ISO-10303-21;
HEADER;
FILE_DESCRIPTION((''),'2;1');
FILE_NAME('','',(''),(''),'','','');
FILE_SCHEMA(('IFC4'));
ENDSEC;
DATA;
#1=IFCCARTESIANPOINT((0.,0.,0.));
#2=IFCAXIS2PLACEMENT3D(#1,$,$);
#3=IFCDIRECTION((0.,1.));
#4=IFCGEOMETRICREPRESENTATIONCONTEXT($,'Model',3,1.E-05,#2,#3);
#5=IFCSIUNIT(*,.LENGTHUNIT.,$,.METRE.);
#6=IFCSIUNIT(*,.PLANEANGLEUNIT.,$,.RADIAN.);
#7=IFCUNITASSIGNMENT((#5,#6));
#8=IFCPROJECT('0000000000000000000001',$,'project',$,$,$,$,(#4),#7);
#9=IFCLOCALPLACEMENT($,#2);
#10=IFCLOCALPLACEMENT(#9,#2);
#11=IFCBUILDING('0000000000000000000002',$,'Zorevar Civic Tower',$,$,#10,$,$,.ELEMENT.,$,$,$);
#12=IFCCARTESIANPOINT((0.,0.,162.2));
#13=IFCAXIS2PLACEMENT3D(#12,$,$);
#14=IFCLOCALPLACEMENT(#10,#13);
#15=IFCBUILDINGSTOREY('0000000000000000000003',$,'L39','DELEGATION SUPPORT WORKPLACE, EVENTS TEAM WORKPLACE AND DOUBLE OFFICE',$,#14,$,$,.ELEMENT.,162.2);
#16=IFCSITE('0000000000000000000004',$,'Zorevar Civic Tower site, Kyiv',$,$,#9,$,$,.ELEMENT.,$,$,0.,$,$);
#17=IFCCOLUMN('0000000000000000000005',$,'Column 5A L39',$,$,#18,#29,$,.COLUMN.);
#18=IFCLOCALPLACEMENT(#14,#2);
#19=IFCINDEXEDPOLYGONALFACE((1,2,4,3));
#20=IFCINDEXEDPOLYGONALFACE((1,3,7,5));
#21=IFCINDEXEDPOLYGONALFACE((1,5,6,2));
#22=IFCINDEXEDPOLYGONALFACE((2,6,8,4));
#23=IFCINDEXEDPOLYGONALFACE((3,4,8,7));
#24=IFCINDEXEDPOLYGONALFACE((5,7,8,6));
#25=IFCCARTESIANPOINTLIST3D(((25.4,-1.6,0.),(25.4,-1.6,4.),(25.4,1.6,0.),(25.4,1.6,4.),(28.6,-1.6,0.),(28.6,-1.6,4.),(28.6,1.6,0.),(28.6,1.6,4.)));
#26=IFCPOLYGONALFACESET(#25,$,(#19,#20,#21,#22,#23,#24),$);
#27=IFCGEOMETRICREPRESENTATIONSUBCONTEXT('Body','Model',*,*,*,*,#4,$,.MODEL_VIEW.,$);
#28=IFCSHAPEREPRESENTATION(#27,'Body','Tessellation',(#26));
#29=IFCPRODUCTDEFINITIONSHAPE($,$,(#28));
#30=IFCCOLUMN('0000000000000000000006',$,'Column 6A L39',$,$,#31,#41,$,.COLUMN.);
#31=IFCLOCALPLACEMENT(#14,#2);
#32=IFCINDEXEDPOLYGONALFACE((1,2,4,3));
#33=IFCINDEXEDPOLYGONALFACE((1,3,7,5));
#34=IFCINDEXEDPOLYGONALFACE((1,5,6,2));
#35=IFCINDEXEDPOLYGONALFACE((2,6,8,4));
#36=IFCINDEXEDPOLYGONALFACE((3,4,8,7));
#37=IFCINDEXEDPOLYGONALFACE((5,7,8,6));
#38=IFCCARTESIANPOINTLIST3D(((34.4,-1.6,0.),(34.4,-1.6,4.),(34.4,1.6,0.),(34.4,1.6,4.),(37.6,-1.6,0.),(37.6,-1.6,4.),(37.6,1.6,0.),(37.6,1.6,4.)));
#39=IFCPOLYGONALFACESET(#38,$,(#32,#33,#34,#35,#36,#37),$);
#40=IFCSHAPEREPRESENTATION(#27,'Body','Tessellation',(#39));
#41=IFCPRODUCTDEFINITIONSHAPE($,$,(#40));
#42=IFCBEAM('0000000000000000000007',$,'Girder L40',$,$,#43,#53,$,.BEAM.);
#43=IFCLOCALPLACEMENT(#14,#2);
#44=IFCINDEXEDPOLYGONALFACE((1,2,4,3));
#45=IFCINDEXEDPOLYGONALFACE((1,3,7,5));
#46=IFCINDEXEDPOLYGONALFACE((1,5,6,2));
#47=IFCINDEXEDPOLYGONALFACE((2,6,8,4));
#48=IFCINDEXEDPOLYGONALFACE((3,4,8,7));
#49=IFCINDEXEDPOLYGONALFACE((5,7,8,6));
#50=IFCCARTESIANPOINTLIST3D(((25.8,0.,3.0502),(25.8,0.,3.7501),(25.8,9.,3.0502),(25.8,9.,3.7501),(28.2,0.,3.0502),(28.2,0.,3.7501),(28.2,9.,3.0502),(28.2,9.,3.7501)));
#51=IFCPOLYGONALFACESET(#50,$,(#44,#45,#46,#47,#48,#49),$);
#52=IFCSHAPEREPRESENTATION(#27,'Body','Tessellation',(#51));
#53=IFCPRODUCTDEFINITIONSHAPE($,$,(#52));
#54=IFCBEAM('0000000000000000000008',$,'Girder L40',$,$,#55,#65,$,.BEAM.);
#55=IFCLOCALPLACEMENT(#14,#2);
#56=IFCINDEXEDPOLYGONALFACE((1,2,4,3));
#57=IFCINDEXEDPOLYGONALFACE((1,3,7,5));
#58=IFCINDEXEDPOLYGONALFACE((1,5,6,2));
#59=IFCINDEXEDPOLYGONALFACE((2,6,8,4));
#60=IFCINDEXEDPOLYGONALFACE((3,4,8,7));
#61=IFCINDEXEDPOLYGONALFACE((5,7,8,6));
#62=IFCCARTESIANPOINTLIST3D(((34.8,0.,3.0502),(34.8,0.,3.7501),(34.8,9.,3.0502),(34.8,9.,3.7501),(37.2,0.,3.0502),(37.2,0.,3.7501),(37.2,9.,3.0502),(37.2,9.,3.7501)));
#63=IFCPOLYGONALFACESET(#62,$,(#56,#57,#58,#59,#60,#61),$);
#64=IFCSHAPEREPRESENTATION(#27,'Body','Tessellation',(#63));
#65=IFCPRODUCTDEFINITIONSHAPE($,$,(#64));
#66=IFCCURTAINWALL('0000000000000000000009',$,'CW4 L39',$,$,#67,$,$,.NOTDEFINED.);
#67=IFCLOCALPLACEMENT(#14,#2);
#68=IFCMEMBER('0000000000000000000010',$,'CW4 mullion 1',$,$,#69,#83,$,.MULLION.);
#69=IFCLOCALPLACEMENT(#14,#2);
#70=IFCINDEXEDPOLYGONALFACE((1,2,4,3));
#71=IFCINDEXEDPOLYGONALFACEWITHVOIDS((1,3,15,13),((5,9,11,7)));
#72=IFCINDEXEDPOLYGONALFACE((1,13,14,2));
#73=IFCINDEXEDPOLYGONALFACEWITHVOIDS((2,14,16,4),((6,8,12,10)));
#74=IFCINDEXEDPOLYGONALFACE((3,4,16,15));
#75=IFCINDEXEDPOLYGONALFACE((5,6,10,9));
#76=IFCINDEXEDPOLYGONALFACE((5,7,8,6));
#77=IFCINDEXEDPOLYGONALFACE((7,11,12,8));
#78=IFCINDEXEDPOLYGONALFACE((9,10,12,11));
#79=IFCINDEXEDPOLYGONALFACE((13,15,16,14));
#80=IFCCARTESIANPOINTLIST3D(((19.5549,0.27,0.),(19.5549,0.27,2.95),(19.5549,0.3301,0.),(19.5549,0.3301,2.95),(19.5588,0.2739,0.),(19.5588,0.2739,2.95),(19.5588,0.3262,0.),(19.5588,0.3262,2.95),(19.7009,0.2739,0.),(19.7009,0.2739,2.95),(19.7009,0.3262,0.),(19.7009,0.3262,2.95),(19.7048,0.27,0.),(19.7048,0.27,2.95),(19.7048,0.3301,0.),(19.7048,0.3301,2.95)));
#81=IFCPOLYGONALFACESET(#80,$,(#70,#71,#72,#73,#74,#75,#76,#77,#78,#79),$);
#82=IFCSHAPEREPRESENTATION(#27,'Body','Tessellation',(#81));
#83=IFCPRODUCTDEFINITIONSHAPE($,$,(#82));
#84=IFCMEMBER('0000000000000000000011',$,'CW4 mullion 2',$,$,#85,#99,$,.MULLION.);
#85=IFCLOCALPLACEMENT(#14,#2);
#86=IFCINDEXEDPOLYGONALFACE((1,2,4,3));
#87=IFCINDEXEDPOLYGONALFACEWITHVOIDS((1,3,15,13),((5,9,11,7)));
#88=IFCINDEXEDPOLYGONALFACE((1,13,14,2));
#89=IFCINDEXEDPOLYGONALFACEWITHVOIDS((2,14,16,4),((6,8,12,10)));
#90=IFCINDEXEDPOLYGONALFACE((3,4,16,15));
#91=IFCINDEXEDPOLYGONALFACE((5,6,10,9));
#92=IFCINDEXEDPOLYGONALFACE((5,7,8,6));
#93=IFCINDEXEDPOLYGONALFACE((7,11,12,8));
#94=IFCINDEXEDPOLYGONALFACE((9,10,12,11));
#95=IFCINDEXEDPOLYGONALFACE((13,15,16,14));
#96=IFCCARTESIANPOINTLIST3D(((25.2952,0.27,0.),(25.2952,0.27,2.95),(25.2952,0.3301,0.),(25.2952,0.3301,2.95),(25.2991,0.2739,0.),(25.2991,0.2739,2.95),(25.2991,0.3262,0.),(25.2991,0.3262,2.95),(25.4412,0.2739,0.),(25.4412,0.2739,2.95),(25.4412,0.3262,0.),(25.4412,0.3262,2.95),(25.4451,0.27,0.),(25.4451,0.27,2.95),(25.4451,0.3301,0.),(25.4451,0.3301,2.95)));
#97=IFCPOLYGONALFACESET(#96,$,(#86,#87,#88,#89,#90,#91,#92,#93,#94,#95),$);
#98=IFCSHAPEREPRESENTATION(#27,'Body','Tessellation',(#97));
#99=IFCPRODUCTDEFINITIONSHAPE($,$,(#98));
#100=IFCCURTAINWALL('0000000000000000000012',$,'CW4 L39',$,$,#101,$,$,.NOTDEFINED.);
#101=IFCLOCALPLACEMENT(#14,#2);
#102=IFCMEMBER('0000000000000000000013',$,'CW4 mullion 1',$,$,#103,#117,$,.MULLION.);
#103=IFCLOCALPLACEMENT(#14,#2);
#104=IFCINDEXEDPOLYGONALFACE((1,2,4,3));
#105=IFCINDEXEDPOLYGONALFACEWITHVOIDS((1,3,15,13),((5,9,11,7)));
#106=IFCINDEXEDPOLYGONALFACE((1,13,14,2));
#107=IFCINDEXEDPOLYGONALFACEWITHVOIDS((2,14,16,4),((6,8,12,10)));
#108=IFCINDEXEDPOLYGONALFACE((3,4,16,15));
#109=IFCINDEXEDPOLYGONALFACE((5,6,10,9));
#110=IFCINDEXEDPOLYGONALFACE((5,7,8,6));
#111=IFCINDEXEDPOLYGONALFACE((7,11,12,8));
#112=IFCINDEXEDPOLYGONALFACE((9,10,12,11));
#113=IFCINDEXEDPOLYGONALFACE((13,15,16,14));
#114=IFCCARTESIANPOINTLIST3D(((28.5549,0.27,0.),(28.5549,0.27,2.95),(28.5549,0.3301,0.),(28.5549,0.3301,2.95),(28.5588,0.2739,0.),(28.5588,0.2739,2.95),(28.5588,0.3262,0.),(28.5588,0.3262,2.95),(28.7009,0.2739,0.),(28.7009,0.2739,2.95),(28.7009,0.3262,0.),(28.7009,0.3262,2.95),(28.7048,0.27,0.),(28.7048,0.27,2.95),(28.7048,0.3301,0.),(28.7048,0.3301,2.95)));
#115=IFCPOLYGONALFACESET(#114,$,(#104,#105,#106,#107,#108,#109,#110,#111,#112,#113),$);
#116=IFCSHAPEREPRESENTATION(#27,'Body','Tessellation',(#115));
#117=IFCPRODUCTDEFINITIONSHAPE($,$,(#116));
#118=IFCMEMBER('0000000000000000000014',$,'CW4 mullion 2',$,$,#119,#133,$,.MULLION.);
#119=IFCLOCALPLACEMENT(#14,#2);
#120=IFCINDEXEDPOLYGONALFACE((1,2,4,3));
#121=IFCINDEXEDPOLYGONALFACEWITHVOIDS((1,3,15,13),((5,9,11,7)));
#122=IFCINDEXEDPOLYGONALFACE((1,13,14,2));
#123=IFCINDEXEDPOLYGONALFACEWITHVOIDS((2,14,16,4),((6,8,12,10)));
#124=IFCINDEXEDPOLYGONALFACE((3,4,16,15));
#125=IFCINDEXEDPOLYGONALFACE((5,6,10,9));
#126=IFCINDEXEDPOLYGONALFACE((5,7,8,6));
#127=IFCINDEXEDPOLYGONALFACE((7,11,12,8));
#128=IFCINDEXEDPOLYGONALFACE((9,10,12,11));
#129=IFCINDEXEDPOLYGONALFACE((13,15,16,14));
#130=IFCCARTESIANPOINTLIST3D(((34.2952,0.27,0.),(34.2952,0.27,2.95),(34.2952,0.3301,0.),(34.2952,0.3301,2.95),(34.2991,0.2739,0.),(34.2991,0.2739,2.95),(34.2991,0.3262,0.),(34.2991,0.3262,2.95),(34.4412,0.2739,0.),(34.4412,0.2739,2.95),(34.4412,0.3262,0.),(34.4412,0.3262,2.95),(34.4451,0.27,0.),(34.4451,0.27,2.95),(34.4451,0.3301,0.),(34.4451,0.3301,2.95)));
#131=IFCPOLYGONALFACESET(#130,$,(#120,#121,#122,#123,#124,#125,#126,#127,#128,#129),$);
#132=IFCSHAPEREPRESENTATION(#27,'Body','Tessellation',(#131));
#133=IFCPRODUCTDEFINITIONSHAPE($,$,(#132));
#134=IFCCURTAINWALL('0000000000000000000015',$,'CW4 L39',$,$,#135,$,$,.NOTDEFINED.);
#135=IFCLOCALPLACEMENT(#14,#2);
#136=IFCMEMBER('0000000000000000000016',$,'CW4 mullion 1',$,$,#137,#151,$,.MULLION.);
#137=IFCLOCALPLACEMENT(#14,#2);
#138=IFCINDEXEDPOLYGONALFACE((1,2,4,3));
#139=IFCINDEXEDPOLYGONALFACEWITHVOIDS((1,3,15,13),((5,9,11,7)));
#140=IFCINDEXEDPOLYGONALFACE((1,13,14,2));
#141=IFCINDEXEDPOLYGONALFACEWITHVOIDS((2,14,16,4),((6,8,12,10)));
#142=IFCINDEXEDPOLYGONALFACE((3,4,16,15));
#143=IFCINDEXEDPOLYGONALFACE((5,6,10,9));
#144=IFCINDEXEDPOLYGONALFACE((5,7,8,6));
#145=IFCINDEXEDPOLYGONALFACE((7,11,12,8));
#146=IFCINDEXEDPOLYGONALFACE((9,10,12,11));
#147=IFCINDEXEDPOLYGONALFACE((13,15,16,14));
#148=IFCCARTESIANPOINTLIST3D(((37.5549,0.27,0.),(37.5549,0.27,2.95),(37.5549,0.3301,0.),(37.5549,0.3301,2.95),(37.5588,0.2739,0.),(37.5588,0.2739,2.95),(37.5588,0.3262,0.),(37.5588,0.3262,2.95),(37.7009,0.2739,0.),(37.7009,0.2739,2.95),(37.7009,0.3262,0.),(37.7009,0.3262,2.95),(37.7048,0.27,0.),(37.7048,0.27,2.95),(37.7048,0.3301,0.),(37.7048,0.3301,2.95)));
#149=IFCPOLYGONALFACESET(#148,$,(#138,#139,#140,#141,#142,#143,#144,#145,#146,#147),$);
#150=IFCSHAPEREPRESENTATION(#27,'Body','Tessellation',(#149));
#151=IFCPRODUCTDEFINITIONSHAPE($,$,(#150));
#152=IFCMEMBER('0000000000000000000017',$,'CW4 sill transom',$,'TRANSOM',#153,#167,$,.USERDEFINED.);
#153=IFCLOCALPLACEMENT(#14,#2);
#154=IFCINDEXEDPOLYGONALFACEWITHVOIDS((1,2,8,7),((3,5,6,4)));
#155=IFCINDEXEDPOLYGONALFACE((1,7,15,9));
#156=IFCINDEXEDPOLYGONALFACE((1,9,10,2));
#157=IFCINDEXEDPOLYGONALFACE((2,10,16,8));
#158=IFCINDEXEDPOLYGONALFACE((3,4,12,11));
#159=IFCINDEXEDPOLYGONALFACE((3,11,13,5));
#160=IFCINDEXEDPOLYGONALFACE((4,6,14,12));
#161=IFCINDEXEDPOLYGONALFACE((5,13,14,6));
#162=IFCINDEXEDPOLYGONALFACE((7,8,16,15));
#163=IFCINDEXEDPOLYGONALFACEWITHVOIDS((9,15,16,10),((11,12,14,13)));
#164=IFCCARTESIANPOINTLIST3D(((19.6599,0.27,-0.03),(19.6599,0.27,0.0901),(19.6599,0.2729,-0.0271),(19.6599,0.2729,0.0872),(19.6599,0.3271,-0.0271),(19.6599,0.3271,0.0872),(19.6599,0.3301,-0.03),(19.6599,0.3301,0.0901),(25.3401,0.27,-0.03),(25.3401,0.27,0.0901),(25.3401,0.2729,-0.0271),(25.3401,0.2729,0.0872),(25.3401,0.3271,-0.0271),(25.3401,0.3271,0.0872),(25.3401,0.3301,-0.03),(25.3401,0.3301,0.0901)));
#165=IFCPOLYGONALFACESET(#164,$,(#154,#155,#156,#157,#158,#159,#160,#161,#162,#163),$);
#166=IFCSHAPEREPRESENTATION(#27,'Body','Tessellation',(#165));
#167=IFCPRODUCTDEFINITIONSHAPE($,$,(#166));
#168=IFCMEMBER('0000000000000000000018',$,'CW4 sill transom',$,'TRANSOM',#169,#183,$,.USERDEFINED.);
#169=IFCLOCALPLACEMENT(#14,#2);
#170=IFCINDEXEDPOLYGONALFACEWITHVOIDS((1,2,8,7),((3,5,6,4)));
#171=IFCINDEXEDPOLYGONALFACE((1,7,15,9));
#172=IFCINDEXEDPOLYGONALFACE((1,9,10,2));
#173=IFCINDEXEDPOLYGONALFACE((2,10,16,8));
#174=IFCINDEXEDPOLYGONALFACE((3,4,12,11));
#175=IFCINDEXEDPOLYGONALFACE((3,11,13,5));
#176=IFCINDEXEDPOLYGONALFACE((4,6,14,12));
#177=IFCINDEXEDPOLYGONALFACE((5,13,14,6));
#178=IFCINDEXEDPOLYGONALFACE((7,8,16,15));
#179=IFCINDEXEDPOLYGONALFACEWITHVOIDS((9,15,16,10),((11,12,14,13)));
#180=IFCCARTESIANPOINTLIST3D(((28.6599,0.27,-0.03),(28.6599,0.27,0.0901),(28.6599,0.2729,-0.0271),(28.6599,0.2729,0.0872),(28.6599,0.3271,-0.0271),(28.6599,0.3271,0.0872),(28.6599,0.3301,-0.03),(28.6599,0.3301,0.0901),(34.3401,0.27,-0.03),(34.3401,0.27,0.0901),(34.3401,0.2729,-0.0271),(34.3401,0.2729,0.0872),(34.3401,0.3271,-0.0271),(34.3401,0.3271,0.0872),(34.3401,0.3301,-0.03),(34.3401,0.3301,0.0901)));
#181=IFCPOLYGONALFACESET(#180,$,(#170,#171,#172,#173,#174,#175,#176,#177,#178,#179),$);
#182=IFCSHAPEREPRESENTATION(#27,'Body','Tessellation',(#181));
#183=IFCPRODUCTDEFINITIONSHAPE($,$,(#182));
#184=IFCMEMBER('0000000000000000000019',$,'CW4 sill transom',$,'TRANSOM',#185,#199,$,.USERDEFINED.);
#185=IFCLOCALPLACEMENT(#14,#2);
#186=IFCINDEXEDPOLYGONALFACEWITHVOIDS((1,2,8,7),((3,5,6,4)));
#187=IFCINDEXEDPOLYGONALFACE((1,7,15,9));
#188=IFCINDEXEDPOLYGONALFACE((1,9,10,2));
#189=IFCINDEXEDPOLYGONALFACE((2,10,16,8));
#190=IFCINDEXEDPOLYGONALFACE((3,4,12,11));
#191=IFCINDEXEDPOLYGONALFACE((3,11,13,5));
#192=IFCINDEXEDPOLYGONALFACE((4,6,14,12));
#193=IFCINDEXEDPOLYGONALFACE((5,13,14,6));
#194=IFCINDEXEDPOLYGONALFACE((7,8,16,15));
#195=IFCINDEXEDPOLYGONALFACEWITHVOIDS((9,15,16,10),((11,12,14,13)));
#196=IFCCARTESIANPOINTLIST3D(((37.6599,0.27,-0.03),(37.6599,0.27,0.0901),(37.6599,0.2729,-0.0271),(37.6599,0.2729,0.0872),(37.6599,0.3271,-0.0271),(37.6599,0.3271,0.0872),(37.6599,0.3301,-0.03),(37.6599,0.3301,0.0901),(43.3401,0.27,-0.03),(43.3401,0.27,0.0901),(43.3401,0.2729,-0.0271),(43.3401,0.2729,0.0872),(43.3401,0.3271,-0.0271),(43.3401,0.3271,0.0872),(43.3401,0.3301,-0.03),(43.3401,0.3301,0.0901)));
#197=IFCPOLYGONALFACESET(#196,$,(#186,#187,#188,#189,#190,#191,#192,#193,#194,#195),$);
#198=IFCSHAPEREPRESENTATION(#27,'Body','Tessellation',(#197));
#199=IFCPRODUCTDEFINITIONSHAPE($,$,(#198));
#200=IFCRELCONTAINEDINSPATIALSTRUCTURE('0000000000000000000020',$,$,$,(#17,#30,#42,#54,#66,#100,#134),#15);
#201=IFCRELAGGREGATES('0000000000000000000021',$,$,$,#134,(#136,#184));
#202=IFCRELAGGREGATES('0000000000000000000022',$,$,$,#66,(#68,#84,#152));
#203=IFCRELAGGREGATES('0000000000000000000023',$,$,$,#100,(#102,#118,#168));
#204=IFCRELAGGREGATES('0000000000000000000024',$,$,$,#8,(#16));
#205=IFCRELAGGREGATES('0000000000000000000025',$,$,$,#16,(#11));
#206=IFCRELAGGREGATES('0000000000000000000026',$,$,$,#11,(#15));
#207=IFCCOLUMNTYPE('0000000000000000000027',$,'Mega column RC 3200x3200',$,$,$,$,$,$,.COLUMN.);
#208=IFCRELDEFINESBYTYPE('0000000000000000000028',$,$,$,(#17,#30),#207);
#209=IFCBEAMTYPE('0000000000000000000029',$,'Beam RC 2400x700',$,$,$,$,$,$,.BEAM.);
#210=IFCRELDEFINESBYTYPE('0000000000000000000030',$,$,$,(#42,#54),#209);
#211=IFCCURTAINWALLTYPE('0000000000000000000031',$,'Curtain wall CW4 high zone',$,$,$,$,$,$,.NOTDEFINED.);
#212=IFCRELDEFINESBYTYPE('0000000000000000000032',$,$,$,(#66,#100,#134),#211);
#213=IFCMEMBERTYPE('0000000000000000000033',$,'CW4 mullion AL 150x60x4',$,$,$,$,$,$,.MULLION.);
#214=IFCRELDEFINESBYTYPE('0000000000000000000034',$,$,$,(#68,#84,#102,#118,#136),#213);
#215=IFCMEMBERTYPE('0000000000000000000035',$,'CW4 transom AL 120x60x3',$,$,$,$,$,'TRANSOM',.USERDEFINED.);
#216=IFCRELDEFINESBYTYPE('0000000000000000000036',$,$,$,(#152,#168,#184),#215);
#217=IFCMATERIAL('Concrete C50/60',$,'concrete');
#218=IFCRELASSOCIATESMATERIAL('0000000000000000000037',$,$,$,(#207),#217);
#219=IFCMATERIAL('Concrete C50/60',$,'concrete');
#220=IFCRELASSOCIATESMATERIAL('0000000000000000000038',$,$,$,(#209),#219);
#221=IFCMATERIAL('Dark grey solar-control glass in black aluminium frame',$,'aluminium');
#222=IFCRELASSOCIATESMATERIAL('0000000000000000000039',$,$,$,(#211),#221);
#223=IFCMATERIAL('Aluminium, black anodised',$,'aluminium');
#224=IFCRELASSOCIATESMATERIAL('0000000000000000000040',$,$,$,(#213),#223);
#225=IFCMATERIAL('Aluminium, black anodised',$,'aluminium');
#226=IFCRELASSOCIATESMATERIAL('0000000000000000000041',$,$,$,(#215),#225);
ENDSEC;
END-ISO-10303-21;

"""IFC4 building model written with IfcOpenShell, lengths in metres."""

from ifc_helpers import new_model, si_unit, direction, frame, origin, origin_2d, place, context, subcontext, project, spatial, rectangle, hollow_rectangle, extrude, material, material_profile, profile_set, type_object, element, aggregate, save


model = new_model("IFC4")

# Units and contexts
model_context = context("Model", 3, precision=1e-05, world=origin(), true_north=direction((0.0, 1.0)))
body_context = subcontext(model_context, "Body", "Model", "MODEL_VIEW")
ifc_project = project(units=[si_unit("LENGTHUNIT", "METRE"), si_unit("PLANEANGLEUNIT", "RADIAN")], contexts=[model_context])

# Site, building, storey
site_placement = place(None, origin())
site = spatial("IfcSite", under=ifc_project, at=site_placement, Name="Zorevar Civic Tower site, Kyiv", CompositionType="ELEMENT", RefElevation=0.0)
building_placement = place(site_placement, origin())
building = spatial("IfcBuilding", under=site, at=building_placement, Name="Zorevar Civic Tower", CompositionType="ELEMENT")
storey_placement = place(building_placement, frame((0.0, 0.0, 162.2)))
storey = spatial("IfcBuildingStorey", under=building, at=storey_placement, Name="L39", Description="DELEGATION SUPPORT WORKPLACE, EVENTS TEAM WORKPLACE AND DOUBLE OFFICE", CompositionType="ELEMENT", Elevation=162.2)

# Columns
ifc_material_1 = material(Name="Concrete C50/60", Category="concrete")
ifc_material_profile_1 = material_profile(ifc_material_1, rectangle(XDim=3.2, YDim=3.2, at=origin_2d()), Name="RC 3200x3200")
ifc_profile_set_1 = profile_set([ifc_material_profile_1], Name="Concrete C50/60")
column_type = type_object("IfcColumnType", Name="Mega column RC 3200x3200", PredefinedType="COLUMN", material=ifc_profile_set_1)
for number, where, z_axis, x_axis, name in (
    (1, (27.0, 0.0, 0.0), (0.0, 0.0, 1.0), (1.0, 0.0, 0.0), "Column 5A L39"),
    (2, (36.0, 0.0, 0.0), (0.0, 0.0, 1.0), (1.0, 0.0, 0.0), "Column 6A L39"),
):
    element("IfcColumn", number, at=place(storey_placement, frame(where, z_axis=z_axis, x_axis=x_axis)), inside=storey, type_object=column_type, Name=name, PredefinedType="COLUMN", context=body_context, shape_type="SweptSolid", body=[
        extrude(rectangle(XDim=3.2, YDim=3.2, at=origin_2d()), origin(), (0.0, 0.0, 1.0), 4.0),
    ])

# Beams
ifc_material_2 = material(Name="Concrete C50/60", Category="concrete")
ifc_material_profile_2 = material_profile(ifc_material_2, rectangle(XDim=2.3999, YDim=0.7, at=origin_2d()), Name="RC 2400x700")
ifc_profile_set_2 = profile_set([ifc_material_profile_2], Name="Concrete C50/60")
beam_type_1 = type_object("IfcBeamType", Name="Beam RC 2400x700", PredefinedType="BEAM", material=ifc_profile_set_2)
for number, where, z_axis, x_axis, name in (
    (3, (27.0, 0.0, 3.4001), (0.0, 1.0, 0.0), (-1.0, 0.0, 0.0), "Girder L40"),
    (4, (36.0, 0.0, 3.4001), (0.0, 1.0, 0.0), (-1.0, 0.0, 0.0), "Girder L40"),
):
    element("IfcBeam", number, at=place(storey_placement, frame(where, z_axis=z_axis, x_axis=x_axis)), inside=storey, type_object=beam_type_1, Name=name, PredefinedType="BEAM", context=body_context, shape_type="SweptSolid", body=[
        extrude(rectangle(XDim=2.3999, YDim=0.7, at=origin_2d()), origin(), (0.0, 0.0, 1.0), 9.0),
    ])

# Curtain walls, members
ifc_material_3 = material(Name="Dark grey solar-control glass in black aluminium frame", Category="aluminium")
curtain_wall_type = type_object("IfcCurtainWallType", Name="Curtain wall CW4 high zone", PredefinedType="NOTDEFINED", material=ifc_material_3)
curtain_wall_1_placement = place(storey_placement, origin())
curtain_wall_1 = element("IfcCurtainWall", 5, at=curtain_wall_1_placement, inside=storey, type_object=curtain_wall_type, Name="CW4 L39", PredefinedType="NOTDEFINED")
ifc_material_4 = material(Name="Aluminium, black anodised", Category="aluminium")
ifc_material_profile_3 = material_profile(ifc_material_4, hollow_rectangle(XDim=0.0601, YDim=0.1499, WallThickness=0.0039, at=origin_2d()), Name="AL 150x60x4")
ifc_profile_set_3 = profile_set([ifc_material_profile_3], Name="Aluminium, black anodised")
member_type_1 = type_object("IfcMemberType", Name="CW4 mullion AL 150x60x4", PredefinedType="MULLION", material=ifc_profile_set_3)
member_1_placement = place(storey_placement, frame((19.6299, 0.3, 0.0), z_axis=(0.0, 0.0, 1.0), x_axis=(0.0, 1.0, 0.0)))
member_1 = element("IfcMember", 6, at=member_1_placement, type_object=member_type_1, Name="CW4 mullion 1", PredefinedType="MULLION", context=body_context, shape_type="SweptSolid", body=[
    extrude(hollow_rectangle(XDim=0.0601, YDim=0.1499, WallThickness=0.0039, at=origin_2d()), origin(), (0.0, 0.0, 1.0), 2.95),
])
member_2_placement = place(storey_placement, frame((25.3701, 0.3, 0.0), z_axis=(0.0, 0.0, 1.0), x_axis=(0.0, 1.0, 0.0)))
member_2 = element("IfcMember", 7, at=member_2_placement, type_object=member_type_1, Name="CW4 mullion 2", PredefinedType="MULLION", context=body_context, shape_type="SweptSolid", body=[
    extrude(hollow_rectangle(XDim=0.0601, YDim=0.1499, WallThickness=0.0039, at=origin_2d()), origin(), (0.0, 0.0, 1.0), 2.95),
])
curtain_wall_2_placement = place(storey_placement, origin())
curtain_wall_2 = element("IfcCurtainWall", 8, at=curtain_wall_2_placement, inside=storey, type_object=curtain_wall_type, Name="CW4 L39", PredefinedType="NOTDEFINED")
member_3_placement = place(storey_placement, frame((28.6299, 0.3, 0.0), z_axis=(0.0, 0.0, 1.0), x_axis=(0.0, 1.0, 0.0)))
member_3 = element("IfcMember", 9, at=member_3_placement, type_object=member_type_1, Name="CW4 mullion 1", PredefinedType="MULLION", context=body_context, shape_type="SweptSolid", body=[
    extrude(hollow_rectangle(XDim=0.0601, YDim=0.1499, WallThickness=0.0039, at=origin_2d()), origin(), (0.0, 0.0, 1.0), 2.95),
])
member_4_placement = place(storey_placement, frame((34.3701, 0.3, 0.0), z_axis=(0.0, 0.0, 1.0), x_axis=(0.0, 1.0, 0.0)))
member_4 = element("IfcMember", 10, at=member_4_placement, type_object=member_type_1, Name="CW4 mullion 2", PredefinedType="MULLION", context=body_context, shape_type="SweptSolid", body=[
    extrude(hollow_rectangle(XDim=0.0601, YDim=0.1499, WallThickness=0.0039, at=origin_2d()), origin(), (0.0, 0.0, 1.0), 2.95),
])

# Curtain wall, member
curtain_wall_3_placement = place(storey_placement, origin())
curtain_wall_3 = element("IfcCurtainWall", 11, at=curtain_wall_3_placement, inside=storey, type_object=curtain_wall_type, Name="CW4 L39", PredefinedType="NOTDEFINED")
member_5_placement = place(storey_placement, frame((37.6299, 0.3, 0.0), z_axis=(0.0, 0.0, 1.0), x_axis=(0.0, 1.0, 0.0)))
member_5 = element("IfcMember", 12, at=member_5_placement, type_object=member_type_1, Name="CW4 mullion 1", PredefinedType="MULLION", context=body_context, shape_type="SweptSolid", body=[
    extrude(hollow_rectangle(XDim=0.0601, YDim=0.1499, WallThickness=0.0039, at=origin_2d()), origin(), (0.0, 0.0, 1.0), 2.95),
])

# Members
ifc_material_5 = material(Name="Aluminium, black anodised", Category="aluminium")
ifc_material_profile_4 = material_profile(ifc_material_5, hollow_rectangle(XDim=0.0601, YDim=0.1201, WallThickness=0.0029, at=origin_2d()), Name="AL 120x60x3")
ifc_profile_set_4 = profile_set([ifc_material_profile_4], Name="Aluminium, black anodised")
member_type_2 = type_object("IfcMemberType", Name="CW4 transom AL 120x60x3", ElementType="TRANSOM", PredefinedType="USERDEFINED", material=ifc_profile_set_4)
member_6_placement = place(storey_placement, frame((19.6599, 0.3, 0.03), z_axis=(1.0, 0.0, 0.0), x_axis=(0.0, 1.0, 0.0)))
member_6 = element("IfcMember", 13, at=member_6_placement, type_object=member_type_2, Name="CW4 sill transom", ObjectType="TRANSOM", PredefinedType="USERDEFINED", context=body_context, shape_type="SweptSolid", body=[
    extrude(hollow_rectangle(XDim=0.0601, YDim=0.1201, WallThickness=0.0029, at=origin_2d()), origin(), (0.0, 0.0, 1.0), 5.6802),
])
member_7_placement = place(storey_placement, frame((28.6599, 0.3, 0.03), z_axis=(1.0, 0.0, 0.0), x_axis=(0.0, 1.0, 0.0)))
member_7 = element("IfcMember", 14, at=member_7_placement, type_object=member_type_2, Name="CW4 sill transom", ObjectType="TRANSOM", PredefinedType="USERDEFINED", context=body_context, shape_type="SweptSolid", body=[
    extrude(hollow_rectangle(XDim=0.0601, YDim=0.1201, WallThickness=0.0029, at=origin_2d()), origin(), (0.0, 0.0, 1.0), 5.6802),
])
member_8_placement = place(storey_placement, frame((37.6599, 0.3, 0.03), z_axis=(1.0, 0.0, 0.0), x_axis=(0.0, 1.0, 0.0)))
member_8 = element("IfcMember", 15, at=member_8_placement, type_object=member_type_2, Name="CW4 sill transom", ObjectType="TRANSOM", PredefinedType="USERDEFINED", context=body_context, shape_type="SweptSolid", body=[
    extrude(hollow_rectangle(XDim=0.0601, YDim=0.1201, WallThickness=0.0029, at=origin_2d()), origin(), (0.0, 0.0, 1.0), 5.6802),
])
aggregate(curtain_wall_3, [member_5, member_8])

aggregate(curtain_wall_1, [member_1, member_2, member_6])
aggregate(curtain_wall_2, [member_3, member_4, member_7])

save(model, "model.ifc")
